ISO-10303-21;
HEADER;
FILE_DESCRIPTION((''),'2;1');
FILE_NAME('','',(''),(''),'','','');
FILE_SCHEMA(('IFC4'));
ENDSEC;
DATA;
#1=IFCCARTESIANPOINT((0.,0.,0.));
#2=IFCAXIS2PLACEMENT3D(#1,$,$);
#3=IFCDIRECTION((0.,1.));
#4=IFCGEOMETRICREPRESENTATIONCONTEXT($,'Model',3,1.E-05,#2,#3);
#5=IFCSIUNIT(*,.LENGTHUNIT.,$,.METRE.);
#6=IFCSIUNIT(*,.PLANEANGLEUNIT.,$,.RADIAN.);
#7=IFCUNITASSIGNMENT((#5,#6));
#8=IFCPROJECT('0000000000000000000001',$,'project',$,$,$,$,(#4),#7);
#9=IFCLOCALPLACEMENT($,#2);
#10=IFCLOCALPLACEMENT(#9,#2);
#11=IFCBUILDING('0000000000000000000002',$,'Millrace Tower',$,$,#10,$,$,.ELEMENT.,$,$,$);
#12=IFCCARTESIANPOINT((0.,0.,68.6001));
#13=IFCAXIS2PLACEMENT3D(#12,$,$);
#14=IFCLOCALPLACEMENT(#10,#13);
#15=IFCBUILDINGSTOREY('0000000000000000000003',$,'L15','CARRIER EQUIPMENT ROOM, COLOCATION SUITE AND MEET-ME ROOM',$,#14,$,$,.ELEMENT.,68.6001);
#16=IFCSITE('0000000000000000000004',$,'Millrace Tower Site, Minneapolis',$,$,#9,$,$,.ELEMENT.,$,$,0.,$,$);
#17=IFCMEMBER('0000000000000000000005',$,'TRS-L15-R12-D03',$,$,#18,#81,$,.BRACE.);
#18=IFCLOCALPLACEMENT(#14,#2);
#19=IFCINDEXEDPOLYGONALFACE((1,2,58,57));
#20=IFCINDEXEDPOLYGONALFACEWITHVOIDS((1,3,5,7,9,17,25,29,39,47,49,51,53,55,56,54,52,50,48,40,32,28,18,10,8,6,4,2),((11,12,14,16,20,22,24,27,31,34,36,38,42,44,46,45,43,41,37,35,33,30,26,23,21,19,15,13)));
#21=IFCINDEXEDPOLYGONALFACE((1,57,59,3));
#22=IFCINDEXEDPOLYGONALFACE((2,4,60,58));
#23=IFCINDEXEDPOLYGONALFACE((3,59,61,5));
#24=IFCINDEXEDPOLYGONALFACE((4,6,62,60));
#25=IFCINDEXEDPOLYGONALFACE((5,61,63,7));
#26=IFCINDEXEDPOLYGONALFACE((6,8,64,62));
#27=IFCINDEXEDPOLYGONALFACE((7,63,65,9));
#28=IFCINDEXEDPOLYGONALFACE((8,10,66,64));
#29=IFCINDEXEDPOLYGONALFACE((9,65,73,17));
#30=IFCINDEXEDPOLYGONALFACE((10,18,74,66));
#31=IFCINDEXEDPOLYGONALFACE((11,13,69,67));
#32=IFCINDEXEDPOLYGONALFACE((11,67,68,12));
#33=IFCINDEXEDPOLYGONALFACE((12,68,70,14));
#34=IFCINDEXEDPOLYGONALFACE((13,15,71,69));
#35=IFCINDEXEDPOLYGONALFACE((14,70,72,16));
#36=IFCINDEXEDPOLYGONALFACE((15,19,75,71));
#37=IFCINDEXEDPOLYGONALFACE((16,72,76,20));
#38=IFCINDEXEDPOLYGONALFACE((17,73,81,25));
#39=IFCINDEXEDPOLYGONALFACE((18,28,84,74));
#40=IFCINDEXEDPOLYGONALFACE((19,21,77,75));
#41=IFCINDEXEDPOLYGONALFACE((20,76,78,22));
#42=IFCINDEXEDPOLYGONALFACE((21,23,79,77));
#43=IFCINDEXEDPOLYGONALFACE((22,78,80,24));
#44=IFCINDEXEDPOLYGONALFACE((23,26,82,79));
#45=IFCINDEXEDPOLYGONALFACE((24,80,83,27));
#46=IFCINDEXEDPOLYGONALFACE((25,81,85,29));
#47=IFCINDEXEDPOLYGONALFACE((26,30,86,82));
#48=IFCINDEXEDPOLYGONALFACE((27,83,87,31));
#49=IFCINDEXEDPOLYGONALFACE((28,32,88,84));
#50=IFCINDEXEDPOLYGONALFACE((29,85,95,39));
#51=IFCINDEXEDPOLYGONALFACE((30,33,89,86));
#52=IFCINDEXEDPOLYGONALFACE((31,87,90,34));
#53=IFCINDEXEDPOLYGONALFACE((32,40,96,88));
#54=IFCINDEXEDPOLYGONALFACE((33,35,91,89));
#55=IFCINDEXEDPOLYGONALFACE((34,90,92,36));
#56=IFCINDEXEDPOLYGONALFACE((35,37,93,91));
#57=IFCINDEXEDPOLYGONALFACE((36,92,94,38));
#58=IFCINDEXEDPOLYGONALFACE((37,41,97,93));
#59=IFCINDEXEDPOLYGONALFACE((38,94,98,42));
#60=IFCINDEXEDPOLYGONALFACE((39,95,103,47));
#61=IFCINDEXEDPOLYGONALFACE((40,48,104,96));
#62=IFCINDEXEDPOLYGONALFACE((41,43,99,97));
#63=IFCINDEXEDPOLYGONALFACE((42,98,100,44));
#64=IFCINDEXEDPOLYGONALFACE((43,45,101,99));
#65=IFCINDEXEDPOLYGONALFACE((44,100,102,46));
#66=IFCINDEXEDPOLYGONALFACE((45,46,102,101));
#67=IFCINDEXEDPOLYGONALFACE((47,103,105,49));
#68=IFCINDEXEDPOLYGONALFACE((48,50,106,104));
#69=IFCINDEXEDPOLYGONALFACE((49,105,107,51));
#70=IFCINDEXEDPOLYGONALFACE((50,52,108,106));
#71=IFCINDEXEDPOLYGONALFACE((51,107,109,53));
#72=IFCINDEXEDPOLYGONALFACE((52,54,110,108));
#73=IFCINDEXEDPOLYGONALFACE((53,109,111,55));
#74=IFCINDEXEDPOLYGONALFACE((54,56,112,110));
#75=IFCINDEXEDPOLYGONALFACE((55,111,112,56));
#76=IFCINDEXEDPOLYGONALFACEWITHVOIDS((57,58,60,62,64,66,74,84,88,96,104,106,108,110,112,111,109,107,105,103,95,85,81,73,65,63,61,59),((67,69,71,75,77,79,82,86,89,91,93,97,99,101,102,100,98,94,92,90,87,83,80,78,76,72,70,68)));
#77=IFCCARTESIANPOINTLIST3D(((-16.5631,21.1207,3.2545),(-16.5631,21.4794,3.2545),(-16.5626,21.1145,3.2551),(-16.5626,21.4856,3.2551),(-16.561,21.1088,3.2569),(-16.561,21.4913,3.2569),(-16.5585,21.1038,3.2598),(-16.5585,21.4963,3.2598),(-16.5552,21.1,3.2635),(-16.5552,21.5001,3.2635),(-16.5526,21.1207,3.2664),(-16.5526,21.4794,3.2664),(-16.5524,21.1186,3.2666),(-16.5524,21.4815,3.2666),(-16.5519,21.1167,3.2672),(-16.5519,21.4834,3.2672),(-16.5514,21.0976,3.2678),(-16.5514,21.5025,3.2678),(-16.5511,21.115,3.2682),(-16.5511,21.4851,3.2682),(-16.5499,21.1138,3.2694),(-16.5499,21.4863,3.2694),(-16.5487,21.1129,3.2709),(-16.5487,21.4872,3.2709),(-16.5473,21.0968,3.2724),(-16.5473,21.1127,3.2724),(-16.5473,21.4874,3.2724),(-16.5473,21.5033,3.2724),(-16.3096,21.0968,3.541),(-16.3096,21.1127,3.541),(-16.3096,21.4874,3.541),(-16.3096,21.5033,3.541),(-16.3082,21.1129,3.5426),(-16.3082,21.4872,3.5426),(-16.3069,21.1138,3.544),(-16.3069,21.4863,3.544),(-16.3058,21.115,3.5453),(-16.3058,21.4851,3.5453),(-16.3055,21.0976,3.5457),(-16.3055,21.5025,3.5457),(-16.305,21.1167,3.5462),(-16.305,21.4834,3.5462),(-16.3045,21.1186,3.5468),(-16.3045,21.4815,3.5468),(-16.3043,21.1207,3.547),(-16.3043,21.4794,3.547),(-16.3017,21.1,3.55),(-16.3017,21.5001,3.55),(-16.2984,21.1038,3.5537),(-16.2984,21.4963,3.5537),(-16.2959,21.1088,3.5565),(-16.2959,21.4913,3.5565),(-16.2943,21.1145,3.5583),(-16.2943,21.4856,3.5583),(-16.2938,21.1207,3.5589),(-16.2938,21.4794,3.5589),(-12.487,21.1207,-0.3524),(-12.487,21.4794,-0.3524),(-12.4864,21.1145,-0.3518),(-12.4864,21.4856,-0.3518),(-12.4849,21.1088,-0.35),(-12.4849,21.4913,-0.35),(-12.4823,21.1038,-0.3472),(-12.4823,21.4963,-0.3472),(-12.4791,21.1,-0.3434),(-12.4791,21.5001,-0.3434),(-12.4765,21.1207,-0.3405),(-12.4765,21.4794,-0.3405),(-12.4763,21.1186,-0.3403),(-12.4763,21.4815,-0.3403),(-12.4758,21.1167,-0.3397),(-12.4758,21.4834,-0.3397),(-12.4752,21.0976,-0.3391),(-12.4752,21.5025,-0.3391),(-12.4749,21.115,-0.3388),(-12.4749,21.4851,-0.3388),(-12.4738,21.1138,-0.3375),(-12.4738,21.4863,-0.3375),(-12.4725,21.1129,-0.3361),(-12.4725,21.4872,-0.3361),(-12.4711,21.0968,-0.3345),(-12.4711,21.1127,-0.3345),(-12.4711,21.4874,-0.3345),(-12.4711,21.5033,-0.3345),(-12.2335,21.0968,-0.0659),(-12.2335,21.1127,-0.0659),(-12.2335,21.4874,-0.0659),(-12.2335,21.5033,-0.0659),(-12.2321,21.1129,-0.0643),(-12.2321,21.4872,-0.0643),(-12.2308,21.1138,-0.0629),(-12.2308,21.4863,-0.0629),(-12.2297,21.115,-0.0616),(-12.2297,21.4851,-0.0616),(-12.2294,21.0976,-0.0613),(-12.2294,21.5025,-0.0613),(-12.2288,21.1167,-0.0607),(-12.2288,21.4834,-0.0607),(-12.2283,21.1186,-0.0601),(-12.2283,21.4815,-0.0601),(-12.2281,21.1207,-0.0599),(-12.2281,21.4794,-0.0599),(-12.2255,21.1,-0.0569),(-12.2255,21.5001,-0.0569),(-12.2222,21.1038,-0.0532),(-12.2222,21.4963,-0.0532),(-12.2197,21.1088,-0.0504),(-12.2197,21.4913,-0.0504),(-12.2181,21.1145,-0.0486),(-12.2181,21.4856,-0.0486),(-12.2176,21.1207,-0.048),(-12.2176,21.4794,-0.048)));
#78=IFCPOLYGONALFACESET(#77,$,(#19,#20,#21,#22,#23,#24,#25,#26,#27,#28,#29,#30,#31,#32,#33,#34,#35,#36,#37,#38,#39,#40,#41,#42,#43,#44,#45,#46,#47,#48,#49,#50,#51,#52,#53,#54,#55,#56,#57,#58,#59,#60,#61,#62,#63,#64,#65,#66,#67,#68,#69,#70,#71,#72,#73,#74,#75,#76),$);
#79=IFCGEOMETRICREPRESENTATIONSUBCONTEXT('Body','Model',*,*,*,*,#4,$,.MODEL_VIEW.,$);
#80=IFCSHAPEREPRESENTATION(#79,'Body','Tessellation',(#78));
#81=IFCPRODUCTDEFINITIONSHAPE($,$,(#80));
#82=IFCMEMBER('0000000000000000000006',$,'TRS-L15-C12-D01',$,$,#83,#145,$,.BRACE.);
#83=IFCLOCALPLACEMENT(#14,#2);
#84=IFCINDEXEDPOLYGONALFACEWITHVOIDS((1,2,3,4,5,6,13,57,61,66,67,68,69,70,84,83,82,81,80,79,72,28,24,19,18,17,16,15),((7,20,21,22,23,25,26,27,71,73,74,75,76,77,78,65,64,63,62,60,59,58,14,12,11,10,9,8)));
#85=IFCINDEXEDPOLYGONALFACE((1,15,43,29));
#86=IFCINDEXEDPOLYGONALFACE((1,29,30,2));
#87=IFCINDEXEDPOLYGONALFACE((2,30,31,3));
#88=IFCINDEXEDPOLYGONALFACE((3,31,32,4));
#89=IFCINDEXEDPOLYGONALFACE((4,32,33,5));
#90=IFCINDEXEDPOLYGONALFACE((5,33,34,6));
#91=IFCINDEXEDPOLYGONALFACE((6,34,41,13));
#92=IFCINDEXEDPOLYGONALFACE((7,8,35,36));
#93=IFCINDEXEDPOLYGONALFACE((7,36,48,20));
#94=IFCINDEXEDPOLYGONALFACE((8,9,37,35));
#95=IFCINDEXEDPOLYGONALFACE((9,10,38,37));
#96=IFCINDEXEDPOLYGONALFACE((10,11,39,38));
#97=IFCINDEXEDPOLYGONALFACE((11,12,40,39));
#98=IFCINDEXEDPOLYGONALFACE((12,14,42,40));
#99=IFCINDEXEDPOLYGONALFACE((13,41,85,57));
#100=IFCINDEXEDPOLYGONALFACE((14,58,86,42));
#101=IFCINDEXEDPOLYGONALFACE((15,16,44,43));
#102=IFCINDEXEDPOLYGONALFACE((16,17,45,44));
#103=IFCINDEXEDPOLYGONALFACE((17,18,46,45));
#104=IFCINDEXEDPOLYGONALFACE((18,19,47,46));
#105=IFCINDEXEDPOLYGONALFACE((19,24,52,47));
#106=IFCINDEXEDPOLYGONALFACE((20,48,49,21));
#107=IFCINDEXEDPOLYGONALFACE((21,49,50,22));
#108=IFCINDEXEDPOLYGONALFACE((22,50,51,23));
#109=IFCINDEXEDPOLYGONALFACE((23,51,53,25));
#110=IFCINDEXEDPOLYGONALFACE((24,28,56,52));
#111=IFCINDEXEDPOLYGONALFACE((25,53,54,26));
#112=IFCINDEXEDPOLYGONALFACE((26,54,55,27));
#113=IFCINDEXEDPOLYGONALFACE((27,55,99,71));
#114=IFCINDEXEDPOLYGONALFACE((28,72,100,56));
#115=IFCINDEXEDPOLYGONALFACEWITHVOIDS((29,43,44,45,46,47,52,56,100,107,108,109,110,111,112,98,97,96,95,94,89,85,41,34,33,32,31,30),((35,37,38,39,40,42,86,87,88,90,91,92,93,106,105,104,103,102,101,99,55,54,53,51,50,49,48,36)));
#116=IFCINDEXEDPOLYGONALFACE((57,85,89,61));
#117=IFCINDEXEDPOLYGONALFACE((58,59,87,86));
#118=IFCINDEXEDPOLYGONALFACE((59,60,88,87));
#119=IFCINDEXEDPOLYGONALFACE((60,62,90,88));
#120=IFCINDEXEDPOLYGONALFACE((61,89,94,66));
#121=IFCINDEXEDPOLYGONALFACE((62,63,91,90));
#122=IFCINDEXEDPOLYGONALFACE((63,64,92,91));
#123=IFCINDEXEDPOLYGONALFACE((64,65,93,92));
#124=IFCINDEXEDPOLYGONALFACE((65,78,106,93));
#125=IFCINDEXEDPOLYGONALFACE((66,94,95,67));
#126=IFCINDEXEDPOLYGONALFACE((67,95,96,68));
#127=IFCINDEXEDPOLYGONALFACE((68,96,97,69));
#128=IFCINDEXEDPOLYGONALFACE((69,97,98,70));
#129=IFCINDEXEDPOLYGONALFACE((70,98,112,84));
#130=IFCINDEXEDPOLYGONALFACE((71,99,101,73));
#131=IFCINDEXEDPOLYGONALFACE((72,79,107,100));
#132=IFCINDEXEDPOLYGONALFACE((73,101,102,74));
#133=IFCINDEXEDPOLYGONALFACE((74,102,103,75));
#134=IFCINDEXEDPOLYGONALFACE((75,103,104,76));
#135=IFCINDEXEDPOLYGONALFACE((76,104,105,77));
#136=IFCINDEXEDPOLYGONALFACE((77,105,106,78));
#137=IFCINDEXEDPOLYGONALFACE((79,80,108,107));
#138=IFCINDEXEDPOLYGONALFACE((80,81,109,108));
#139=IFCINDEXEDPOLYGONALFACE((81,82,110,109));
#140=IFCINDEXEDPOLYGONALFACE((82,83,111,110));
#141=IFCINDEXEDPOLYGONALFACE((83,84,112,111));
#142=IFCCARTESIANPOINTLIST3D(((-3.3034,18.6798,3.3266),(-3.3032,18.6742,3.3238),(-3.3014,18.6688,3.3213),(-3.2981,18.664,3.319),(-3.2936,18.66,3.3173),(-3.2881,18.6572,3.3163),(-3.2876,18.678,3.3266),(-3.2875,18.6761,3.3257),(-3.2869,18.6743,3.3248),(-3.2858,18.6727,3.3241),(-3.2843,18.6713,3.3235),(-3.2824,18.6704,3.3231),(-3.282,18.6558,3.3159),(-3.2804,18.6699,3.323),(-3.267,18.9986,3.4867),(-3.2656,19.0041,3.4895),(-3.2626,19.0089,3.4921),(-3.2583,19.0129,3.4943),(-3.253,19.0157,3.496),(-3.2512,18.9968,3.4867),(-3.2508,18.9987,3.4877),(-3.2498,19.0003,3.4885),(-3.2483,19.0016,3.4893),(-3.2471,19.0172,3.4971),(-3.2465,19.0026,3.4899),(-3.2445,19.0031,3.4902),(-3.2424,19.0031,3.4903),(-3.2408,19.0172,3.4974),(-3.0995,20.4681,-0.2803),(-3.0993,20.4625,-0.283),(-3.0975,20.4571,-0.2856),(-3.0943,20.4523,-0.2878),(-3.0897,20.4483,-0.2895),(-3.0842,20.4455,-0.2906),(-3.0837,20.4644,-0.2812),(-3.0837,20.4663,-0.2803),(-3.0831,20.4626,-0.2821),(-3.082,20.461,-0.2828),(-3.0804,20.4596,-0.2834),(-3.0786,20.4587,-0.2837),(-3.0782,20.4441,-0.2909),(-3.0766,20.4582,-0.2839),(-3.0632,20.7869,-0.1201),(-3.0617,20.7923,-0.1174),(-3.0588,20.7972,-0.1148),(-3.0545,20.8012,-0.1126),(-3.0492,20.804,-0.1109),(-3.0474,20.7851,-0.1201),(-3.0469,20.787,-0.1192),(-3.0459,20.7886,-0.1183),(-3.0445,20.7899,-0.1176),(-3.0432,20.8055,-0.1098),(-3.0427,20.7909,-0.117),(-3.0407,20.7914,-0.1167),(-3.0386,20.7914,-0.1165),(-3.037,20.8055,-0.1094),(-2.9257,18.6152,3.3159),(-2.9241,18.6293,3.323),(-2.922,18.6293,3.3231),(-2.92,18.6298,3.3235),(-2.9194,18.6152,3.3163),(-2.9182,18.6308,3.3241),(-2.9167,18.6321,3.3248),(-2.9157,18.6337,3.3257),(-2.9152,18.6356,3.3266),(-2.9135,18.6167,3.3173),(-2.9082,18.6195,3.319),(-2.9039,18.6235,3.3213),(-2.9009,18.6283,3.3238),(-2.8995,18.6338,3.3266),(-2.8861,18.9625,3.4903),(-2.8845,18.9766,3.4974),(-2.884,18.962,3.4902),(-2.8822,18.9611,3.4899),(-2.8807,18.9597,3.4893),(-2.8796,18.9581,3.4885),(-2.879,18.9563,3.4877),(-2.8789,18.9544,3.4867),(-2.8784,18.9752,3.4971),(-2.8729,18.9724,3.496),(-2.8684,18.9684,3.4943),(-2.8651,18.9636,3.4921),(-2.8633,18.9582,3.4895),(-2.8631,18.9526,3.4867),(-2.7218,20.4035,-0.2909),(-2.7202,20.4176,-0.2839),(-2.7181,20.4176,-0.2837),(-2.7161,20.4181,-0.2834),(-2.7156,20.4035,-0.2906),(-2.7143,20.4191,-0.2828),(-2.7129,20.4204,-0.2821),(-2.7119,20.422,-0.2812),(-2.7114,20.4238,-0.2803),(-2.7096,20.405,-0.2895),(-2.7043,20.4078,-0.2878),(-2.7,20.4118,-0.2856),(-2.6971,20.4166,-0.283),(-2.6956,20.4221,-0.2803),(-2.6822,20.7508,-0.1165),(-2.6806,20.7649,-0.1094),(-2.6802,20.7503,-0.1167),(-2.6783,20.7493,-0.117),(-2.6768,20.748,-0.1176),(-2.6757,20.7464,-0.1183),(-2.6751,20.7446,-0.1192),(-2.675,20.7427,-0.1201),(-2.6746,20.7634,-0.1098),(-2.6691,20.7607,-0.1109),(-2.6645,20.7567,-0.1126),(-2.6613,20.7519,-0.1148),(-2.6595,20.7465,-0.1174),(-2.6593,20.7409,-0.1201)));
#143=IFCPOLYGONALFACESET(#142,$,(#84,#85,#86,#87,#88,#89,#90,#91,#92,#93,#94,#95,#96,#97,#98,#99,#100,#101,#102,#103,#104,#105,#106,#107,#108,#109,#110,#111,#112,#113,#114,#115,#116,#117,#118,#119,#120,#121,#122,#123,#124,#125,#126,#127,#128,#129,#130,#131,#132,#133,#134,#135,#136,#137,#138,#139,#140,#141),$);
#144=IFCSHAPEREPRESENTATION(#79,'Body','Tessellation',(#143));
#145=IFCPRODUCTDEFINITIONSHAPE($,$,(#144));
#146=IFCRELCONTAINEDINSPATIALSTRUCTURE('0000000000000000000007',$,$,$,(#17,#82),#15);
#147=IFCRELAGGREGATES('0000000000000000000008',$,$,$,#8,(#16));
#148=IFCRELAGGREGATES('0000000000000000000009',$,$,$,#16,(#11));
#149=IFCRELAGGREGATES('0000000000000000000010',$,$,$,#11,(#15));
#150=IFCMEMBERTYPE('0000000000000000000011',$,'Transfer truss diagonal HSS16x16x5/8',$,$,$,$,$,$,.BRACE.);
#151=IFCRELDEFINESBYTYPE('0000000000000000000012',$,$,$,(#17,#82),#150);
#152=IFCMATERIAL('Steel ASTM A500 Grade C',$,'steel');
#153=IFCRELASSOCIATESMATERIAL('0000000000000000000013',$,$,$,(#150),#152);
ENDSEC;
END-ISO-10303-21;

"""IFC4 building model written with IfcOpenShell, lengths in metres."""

from ifc_helpers import new_model, si_unit, direction, frame, origin, origin_2d, place, context, subcontext, project, spatial, hollow_rectangle, extrude, material, material_profile, profile_set, type_object, element, save


model = new_model("IFC4")

# Units and contexts
model_context = context("Model", 3, precision=1e-05, world=origin(), true_north=direction((0.0, 1.0)))
body_context = subcontext(model_context, "Body", "Model", "MODEL_VIEW")
ifc_project = project(units=[si_unit("LENGTHUNIT", "METRE"), si_unit("PLANEANGLEUNIT", "RADIAN")], contexts=[model_context])

# Site, building, storey
site_placement = place(None, origin())
site = spatial("IfcSite", under=ifc_project, at=site_placement, Name="Millrace Tower Site, Minneapolis", CompositionType="ELEMENT", RefElevation=0.0)
building_placement = place(site_placement, origin())
building = spatial("IfcBuilding", under=site, at=building_placement, Name="Millrace Tower", CompositionType="ELEMENT")
storey_placement = place(building_placement, frame((0.0, 0.0, 68.6001)))
storey = spatial("IfcBuildingStorey", under=building, at=storey_placement, Name="L15", Description="CARRIER EQUIPMENT ROOM, COLOCATION SUITE AND MEET-ME ROOM", CompositionType="ELEMENT", Elevation=68.6001)

# Members
ifc_material_1 = material(Name="Steel ASTM A500 Grade C", Category="steel")
ifc_material_profile_1 = material_profile(ifc_material_1, hollow_rectangle(XDim=0.4065, YDim=0.4065, WallThickness=0.0159, InnerFilletRadius=0.0081, OuterFilletRadius=0.0239, at=origin_2d()))
ifc_profile_set_1 = profile_set([ifc_material_profile_1], Name="Steel ASTM A500 Grade C")
member_type_1 = type_object("IfcMemberType", Name="Transfer truss diagonal HSS16x16x5/8", PredefinedType="BRACE", material=ifc_profile_set_1)
member_1_placement = place(storey_placement, frame((-12.3523, 21.3, -0.2002), z_axis=(-0.748897, 0.0, 0.662686), x_axis=(0.0, -1.0, 0.0)))
element("IfcMember", 1, at=member_1_placement, inside=storey, type_object=member_type_1, Name="TRS-L15-R12-D03", PredefinedType="BRACE", context=body_context, shape_type="SweptSolid", body=[
    extrude(hollow_rectangle(XDim=0.4065, YDim=0.4065, WallThickness=0.0159, InnerFilletRadius=0.0081, OuterFilletRadius=0.0239, at=origin_2d()), origin(), (0.0, 0.0, 1.0), 5.4429),
])
member_2_placement = place(storey_placement, frame((-2.8794, 20.6045, -0.2002), z_axis=(-0.050571, -0.443635, 0.89478), x_axis=(0.993565, -0.11326, 0.0)))
element("IfcMember", 2, at=member_2_placement, inside=storey, type_object=member_type_1, Name="TRS-L15-C12-D01", PredefinedType="BRACE", context=body_context, shape_type="SweptSolid", body=[
    extrude(hollow_rectangle(XDim=0.4065, YDim=0.4065, WallThickness=0.0159, InnerFilletRadius=0.0081, OuterFilletRadius=0.0239, at=origin_2d()), origin(), (0.0, 0.0, 1.0), 4.031),
])

save(model, "model.ifc")
